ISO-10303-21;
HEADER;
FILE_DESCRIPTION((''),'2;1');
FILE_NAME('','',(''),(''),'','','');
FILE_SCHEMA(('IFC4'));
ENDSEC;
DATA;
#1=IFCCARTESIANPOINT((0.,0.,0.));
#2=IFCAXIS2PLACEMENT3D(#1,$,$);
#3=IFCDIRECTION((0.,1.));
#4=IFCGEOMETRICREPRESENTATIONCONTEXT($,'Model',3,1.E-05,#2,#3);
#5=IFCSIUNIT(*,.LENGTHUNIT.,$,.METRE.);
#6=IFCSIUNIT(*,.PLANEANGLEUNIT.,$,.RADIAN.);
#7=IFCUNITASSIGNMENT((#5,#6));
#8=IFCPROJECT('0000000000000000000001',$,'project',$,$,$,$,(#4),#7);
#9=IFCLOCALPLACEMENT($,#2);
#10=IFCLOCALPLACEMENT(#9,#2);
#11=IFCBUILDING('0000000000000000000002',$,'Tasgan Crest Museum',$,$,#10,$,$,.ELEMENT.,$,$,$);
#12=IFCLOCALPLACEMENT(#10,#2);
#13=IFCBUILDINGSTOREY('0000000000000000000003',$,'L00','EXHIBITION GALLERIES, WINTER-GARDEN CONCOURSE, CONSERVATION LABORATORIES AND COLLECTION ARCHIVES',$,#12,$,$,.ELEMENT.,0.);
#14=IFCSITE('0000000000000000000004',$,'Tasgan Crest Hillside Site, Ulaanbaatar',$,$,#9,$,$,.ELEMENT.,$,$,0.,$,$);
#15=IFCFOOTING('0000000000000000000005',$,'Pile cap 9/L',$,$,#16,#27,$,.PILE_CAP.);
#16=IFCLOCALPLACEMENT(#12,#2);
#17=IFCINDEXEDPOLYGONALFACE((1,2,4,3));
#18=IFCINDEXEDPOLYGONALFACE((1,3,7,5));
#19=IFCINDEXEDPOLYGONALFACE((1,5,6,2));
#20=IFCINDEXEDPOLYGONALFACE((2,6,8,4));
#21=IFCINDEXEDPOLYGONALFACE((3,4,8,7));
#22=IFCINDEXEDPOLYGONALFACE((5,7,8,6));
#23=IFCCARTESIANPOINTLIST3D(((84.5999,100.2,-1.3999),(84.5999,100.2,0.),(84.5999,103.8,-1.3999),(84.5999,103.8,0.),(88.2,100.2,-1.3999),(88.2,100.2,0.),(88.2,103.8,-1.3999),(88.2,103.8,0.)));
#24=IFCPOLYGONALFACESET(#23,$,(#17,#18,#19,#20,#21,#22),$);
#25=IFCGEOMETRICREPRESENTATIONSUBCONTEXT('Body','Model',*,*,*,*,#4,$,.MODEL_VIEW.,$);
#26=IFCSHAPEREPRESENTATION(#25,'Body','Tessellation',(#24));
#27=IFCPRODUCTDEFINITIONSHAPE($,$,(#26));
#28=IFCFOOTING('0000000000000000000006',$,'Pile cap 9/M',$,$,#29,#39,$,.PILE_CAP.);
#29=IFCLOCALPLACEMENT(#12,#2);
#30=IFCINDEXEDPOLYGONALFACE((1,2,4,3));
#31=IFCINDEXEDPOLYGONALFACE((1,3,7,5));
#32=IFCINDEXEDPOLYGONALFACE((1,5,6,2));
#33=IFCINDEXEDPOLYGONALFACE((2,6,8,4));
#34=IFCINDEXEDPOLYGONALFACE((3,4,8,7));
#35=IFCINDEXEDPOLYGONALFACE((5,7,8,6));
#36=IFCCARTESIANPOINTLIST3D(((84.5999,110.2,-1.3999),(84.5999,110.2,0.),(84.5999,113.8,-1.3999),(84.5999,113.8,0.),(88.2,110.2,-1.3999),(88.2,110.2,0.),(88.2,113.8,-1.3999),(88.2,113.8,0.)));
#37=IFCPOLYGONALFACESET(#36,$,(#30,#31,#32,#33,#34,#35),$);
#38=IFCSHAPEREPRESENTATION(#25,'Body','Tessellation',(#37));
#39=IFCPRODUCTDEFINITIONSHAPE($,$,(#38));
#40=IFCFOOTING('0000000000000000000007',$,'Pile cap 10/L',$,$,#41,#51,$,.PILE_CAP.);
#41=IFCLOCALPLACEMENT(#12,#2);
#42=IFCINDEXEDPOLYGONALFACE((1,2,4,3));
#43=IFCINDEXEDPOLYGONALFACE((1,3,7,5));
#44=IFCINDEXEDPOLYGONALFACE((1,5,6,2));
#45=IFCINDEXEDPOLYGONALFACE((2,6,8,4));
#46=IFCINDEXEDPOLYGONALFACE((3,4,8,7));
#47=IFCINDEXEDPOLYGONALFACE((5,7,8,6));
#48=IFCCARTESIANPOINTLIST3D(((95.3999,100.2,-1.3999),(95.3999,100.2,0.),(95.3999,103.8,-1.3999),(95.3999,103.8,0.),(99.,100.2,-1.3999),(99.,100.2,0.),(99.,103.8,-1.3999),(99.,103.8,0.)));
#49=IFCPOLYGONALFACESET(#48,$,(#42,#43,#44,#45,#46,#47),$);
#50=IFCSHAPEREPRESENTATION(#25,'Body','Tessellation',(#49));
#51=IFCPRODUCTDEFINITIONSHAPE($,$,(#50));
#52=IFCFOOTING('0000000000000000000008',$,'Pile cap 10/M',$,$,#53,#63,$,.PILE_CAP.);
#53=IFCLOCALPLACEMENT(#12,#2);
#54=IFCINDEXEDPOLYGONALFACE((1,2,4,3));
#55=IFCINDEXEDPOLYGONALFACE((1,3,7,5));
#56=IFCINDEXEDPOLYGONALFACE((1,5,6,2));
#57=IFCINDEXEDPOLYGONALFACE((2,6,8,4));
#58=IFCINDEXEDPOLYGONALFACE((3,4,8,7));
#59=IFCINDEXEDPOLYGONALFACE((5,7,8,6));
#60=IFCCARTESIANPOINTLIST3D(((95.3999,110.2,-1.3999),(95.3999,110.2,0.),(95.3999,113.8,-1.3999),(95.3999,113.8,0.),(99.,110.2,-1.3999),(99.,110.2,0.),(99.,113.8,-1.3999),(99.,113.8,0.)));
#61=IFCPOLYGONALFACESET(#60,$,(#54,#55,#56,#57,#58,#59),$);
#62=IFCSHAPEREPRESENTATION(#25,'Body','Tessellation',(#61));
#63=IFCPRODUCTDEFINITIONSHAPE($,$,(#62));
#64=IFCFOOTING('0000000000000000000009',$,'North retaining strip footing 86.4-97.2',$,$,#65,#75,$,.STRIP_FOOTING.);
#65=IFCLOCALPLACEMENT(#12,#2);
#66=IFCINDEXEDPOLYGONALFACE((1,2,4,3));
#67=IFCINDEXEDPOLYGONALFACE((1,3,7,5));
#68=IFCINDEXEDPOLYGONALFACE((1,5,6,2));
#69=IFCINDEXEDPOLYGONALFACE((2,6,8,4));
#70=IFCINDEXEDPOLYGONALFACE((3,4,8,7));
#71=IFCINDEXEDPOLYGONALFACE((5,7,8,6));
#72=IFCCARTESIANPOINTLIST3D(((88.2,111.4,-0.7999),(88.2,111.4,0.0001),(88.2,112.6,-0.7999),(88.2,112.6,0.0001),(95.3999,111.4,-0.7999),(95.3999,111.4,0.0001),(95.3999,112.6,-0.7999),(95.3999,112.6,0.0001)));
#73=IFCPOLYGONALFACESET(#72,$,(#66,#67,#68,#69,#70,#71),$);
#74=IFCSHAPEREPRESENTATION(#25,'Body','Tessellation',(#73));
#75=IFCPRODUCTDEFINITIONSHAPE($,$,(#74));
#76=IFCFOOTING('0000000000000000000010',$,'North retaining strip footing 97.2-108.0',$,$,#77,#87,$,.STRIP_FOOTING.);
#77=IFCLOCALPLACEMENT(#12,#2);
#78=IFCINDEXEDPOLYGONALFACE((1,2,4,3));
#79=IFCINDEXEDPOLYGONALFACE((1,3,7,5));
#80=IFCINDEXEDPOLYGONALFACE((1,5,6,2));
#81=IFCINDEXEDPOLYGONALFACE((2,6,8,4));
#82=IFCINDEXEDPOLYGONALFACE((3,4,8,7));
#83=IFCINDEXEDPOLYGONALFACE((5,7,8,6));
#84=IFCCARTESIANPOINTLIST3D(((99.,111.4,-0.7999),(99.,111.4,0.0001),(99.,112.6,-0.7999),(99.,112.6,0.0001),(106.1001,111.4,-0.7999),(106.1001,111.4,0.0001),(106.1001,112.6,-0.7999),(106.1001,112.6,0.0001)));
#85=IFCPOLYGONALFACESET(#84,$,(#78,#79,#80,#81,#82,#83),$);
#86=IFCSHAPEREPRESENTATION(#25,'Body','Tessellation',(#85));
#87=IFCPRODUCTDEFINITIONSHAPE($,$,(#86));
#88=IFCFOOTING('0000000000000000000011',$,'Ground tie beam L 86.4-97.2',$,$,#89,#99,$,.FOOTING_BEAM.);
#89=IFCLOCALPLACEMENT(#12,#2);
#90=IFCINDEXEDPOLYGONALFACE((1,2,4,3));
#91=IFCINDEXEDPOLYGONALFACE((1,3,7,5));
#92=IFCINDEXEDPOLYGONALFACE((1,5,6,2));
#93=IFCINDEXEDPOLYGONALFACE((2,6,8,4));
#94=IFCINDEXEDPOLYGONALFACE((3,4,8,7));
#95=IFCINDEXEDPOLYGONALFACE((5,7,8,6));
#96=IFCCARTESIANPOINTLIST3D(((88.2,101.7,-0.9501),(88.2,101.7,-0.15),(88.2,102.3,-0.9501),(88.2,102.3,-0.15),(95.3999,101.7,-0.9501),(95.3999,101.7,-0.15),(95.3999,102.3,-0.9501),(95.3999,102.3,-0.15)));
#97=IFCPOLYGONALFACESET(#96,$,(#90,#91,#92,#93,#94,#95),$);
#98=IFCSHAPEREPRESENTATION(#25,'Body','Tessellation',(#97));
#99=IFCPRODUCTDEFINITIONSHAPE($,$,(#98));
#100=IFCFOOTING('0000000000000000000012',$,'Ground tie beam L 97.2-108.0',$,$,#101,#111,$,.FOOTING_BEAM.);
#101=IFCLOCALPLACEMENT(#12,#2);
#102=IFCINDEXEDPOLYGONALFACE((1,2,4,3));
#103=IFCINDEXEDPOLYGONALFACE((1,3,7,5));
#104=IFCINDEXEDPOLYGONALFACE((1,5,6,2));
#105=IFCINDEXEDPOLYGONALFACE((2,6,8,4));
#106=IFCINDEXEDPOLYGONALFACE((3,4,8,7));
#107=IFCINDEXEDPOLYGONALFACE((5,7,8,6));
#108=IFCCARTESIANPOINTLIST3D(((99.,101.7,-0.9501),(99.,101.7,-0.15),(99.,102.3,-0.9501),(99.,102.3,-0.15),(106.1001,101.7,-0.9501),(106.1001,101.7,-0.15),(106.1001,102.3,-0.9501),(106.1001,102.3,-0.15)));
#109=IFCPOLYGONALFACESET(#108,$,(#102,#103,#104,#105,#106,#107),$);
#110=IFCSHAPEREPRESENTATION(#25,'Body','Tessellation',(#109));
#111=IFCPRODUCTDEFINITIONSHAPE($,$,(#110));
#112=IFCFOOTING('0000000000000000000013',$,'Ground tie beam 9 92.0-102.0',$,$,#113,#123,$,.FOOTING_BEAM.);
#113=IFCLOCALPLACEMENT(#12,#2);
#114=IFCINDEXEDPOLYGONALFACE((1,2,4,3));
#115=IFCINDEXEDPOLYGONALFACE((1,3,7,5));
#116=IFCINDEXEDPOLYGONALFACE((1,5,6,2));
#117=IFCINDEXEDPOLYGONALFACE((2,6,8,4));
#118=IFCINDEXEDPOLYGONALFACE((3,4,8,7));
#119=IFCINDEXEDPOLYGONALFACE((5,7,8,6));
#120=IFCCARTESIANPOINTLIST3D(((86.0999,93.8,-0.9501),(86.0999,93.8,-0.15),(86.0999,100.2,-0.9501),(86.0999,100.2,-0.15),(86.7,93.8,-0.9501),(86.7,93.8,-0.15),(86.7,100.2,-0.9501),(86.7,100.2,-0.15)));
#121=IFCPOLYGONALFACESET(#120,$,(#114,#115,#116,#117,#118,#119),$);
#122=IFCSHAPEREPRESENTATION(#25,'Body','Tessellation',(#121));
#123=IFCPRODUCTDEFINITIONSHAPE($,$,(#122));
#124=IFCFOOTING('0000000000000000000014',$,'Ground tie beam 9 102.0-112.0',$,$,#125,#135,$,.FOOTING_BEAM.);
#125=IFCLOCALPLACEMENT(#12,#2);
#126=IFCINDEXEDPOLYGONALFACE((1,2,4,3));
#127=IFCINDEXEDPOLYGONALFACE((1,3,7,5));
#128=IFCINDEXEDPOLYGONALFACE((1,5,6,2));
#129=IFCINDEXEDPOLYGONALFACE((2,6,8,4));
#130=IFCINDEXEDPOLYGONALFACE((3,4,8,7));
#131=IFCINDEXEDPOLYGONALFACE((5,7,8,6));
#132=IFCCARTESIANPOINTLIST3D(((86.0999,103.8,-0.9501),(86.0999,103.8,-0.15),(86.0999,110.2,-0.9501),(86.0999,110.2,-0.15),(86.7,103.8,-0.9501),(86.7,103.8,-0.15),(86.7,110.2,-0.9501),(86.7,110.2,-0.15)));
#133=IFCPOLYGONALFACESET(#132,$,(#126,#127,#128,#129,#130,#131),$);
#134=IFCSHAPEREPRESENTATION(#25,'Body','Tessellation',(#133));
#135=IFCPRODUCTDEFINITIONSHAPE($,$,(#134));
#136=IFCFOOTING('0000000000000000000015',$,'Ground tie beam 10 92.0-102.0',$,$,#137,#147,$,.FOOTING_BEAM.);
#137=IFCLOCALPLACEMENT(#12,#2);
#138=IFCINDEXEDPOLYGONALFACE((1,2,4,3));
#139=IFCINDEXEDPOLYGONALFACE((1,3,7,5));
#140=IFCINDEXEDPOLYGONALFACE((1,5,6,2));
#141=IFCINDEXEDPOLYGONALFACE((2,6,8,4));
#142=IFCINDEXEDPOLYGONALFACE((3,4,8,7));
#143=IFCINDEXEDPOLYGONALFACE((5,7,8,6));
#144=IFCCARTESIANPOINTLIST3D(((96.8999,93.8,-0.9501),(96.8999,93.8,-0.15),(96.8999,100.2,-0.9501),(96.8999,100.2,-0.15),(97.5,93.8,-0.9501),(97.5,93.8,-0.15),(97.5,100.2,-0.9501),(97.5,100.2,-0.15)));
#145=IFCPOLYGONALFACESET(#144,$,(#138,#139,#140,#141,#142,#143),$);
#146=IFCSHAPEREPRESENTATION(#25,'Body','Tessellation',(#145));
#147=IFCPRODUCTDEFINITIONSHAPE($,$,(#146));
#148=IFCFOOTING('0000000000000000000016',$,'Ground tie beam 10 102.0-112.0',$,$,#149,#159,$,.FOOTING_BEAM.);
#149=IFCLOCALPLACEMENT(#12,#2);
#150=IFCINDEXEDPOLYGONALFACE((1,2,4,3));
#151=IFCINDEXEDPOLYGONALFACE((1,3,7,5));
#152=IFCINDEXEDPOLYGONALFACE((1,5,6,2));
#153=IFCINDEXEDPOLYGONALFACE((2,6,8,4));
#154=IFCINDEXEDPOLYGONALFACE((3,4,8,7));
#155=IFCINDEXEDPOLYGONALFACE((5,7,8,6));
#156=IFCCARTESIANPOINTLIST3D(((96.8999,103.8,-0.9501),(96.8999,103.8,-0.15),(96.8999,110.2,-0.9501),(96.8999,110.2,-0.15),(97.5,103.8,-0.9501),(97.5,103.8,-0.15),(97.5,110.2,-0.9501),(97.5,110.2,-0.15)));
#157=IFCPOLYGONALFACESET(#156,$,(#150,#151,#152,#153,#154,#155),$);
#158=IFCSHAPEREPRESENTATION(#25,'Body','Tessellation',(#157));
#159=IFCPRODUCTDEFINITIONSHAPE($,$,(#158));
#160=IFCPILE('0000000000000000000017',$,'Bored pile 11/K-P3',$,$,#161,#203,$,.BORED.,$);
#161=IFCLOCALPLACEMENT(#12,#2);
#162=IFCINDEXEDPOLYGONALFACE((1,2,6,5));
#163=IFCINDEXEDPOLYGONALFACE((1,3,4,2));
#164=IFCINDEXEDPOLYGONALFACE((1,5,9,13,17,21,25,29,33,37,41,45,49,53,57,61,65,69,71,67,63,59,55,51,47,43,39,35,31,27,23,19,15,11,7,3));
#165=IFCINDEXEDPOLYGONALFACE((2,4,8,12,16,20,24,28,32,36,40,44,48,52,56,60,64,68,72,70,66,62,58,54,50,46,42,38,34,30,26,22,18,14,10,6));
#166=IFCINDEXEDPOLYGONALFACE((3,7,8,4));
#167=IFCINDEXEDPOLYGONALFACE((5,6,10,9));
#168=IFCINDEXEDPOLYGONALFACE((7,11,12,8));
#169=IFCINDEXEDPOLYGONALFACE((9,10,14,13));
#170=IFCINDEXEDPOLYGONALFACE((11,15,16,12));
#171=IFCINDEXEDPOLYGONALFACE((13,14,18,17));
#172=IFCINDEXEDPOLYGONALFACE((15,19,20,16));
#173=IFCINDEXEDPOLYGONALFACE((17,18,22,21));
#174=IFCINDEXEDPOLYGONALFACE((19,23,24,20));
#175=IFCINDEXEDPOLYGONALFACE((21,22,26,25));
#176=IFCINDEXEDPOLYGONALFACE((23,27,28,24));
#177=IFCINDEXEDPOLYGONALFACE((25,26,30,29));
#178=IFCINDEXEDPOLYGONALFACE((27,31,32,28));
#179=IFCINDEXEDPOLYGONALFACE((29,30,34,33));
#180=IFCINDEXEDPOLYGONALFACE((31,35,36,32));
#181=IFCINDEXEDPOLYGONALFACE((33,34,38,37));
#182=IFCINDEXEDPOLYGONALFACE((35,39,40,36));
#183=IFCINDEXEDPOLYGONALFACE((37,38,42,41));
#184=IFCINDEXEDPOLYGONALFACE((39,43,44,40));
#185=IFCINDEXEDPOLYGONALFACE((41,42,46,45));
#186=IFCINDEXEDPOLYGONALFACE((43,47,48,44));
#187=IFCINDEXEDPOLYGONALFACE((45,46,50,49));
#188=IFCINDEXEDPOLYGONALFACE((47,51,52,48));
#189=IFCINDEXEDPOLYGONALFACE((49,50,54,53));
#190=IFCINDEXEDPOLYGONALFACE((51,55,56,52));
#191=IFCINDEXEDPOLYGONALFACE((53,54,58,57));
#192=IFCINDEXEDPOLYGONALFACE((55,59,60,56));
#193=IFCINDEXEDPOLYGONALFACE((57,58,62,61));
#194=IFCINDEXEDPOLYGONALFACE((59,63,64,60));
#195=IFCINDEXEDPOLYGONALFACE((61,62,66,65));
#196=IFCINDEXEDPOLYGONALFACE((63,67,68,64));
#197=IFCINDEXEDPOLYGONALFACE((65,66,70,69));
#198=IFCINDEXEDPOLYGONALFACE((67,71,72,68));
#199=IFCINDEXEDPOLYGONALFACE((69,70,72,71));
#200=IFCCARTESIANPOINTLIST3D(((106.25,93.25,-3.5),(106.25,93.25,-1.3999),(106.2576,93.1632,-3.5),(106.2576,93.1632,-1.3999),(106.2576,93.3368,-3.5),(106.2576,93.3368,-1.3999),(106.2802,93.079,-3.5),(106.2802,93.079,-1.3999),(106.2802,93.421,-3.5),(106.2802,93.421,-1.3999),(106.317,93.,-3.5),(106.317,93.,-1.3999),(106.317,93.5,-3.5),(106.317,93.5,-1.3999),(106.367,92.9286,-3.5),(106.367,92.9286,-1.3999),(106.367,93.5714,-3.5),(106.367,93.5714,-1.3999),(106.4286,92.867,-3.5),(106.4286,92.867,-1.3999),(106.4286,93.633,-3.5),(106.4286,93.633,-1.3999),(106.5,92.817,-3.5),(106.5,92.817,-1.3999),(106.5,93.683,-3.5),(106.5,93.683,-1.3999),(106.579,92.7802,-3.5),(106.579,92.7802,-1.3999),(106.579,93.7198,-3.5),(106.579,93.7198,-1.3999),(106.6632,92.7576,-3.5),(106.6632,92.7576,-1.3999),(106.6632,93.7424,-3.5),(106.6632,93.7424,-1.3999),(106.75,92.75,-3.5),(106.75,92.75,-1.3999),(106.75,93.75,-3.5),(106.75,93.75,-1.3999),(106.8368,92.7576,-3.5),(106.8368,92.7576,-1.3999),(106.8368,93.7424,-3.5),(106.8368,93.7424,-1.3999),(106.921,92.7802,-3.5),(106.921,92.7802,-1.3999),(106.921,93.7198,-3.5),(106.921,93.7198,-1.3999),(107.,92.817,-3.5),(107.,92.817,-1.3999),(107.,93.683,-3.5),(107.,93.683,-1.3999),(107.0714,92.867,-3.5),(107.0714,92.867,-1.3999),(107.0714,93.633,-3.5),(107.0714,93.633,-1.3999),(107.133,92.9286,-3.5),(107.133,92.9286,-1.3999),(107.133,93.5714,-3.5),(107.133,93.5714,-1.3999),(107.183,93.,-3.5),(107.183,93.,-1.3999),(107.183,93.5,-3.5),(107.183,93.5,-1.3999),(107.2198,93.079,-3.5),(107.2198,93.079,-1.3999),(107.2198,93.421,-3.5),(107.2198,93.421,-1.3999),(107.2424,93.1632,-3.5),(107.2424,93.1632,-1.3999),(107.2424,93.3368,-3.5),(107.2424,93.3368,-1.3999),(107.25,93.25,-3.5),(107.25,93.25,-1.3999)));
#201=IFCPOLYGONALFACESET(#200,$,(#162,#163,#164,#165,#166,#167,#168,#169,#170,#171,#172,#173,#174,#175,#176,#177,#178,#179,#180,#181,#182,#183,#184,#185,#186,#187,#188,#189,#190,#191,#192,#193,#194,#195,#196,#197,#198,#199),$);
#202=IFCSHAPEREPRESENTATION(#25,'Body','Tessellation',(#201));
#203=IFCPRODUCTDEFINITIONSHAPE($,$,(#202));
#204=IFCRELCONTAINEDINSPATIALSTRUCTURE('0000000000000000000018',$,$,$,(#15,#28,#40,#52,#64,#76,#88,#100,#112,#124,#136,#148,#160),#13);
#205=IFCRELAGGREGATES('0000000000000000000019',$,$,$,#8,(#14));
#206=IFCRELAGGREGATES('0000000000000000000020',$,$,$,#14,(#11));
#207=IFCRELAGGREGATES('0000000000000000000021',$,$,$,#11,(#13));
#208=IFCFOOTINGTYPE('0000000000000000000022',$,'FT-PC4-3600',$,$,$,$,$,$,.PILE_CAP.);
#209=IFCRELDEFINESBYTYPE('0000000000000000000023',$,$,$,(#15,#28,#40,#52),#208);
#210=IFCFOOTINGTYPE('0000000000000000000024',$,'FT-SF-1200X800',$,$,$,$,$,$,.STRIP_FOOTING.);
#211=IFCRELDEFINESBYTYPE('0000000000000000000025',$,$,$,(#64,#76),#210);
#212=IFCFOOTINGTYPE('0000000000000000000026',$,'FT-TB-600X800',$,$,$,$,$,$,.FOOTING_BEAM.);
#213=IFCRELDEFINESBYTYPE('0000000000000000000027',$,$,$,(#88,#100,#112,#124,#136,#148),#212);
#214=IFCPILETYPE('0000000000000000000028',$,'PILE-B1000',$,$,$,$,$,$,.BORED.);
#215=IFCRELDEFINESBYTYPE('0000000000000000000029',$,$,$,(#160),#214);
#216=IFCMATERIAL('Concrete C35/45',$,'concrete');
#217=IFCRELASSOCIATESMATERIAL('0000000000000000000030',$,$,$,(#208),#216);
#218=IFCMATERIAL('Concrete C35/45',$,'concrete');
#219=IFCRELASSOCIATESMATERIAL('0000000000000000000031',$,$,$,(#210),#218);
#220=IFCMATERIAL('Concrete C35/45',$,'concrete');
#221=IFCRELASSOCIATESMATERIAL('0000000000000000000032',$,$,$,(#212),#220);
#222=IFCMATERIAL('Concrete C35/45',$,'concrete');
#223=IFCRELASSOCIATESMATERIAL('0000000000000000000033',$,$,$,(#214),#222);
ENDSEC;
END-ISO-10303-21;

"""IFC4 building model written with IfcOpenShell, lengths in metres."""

from ifc_helpers import new_model, si_unit, direction, frame, origin, origin_2d, place, context, subcontext, project, spatial, rectangle, circle, extrude, material, material_profile, profile_set, type_object, element, save


model = new_model("IFC4")

# Units and contexts
model_context = context("Model", 3, precision=1e-05, world=origin(), true_north=direction((0.0, 1.0)))
body_context = subcontext(model_context, "Body", "Model", "MODEL_VIEW")
ifc_project = project(units=[si_unit("LENGTHUNIT", "METRE"), si_unit("PLANEANGLEUNIT", "RADIAN")], contexts=[model_context])

# Site, building, storey
site_placement = place(None, origin())
site = spatial("IfcSite", under=ifc_project, at=site_placement, Name="Tasgan Crest Hillside Site, Ulaanbaatar", CompositionType="ELEMENT", RefElevation=0.0)
building_placement = place(site_placement, origin())
building = spatial("IfcBuilding", under=site, at=building_placement, Name="Tasgan Crest Museum", CompositionType="ELEMENT")
storey_placement = place(building_placement, origin())
storey = spatial("IfcBuildingStorey", under=building, at=storey_placement, Name="L00", Description="EXHIBITION GALLERIES, WINTER-GARDEN CONCOURSE, CONSERVATION LABORATORIES AND COLLECTION ARCHIVES", CompositionType="ELEMENT", Elevation=0.0)

# Footings
ifc_material_1 = material(Name="Concrete C35/45", Category="concrete")
footing_type_1 = type_object("IfcFootingType", Name="FT-PC4-3600", PredefinedType="PILE_CAP", material=ifc_material_1)
for number, where, z_axis, x_axis, name in (
    (1, (86.3999, 102.0, -1.3999), (0.0, 0.0, 1.0), (1.0, 0.0, 0.0), "Pile cap 9/L"),
    (2, (86.3999, 112.0, -1.3999), (0.0, 0.0, 1.0), (1.0, 0.0, 0.0), "Pile cap 9/M"),
    (3, (97.2, 102.0, -1.3999), (0.0, 0.0, 1.0), (1.0, 0.0, 0.0), "Pile cap 10/L"),
    (4, (97.2, 112.0, -1.3999), (0.0, 0.0, 1.0), (1.0, 0.0, 0.0), "Pile cap 10/M"),
):
    element("IfcFooting", number, at=place(storey_placement, frame(where, z_axis=z_axis, x_axis=x_axis)), inside=storey, type_object=footing_type_1, Name=name, PredefinedType="PILE_CAP", context=body_context, shape_type="SweptSolid", body=[
        extrude(rectangle(XDim=3.6001, YDim=3.6001, at=origin_2d()), origin(), (0.0, 0.0, 1.0), 1.3999),
    ])
ifc_material_2 = material(Name="Concrete C35/45", Category="concrete")
ifc_material_profile_1 = material_profile(ifc_material_2, rectangle(XDim=1.2, YDim=0.8, at=origin_2d()), Name="SF 1200x800")
ifc_profile_set_1 = profile_set([ifc_material_profile_1], Name="Concrete C35/45")
footing_type_2 = type_object("IfcFootingType", Name="FT-SF-1200X800", PredefinedType="STRIP_FOOTING", material=ifc_profile_set_1)
footing_1_placement = place(storey_placement, frame((88.2, 112.0, -0.3999), z_axis=(1.0, 0.0, 0.0), x_axis=(0.0, 1.0, 0.0)))
element("IfcFooting", 5, at=footing_1_placement, inside=storey, type_object=footing_type_2, Name="North retaining strip footing 86.4-97.2", PredefinedType="STRIP_FOOTING", context=body_context, shape_type="SweptSolid", body=[
    extrude(rectangle(XDim=1.2, YDim=0.8, at=origin_2d()), origin(), (0.0, 0.0, 1.0), 7.2),
])
footing_2_placement = place(storey_placement, frame((99.0, 112.0, -0.3999), z_axis=(1.0, 0.0, 0.0), x_axis=(0.0, 1.0, 0.0)))
element("IfcFooting", 6, at=footing_2_placement, inside=storey, type_object=footing_type_2, Name="North retaining strip footing 97.2-108.0", PredefinedType="STRIP_FOOTING", context=body_context, shape_type="SweptSolid", body=[
    extrude(rectangle(XDim=1.2, YDim=0.8, at=origin_2d()), origin(), (0.0, 0.0, 1.0), 7.1001),
])
ifc_material_3 = material(Name="Concrete C35/45", Category="concrete")
ifc_material_profile_2 = material_profile(ifc_material_3, rectangle(XDim=0.6001, YDim=0.8, at=origin_2d()), Name="TB 600x800")
ifc_profile_set_2 = profile_set([ifc_material_profile_2], Name="Concrete C35/45")
footing_type_3 = type_object("IfcFootingType", Name="FT-TB-600X800", PredefinedType="FOOTING_BEAM", material=ifc_profile_set_2)
footing_3_placement = place(storey_placement, frame((88.2, 102.0, -0.55), z_axis=(1.0, 0.0, 0.0), x_axis=(0.0, 1.0, 0.0)))
element("IfcFooting", 7, at=footing_3_placement, inside=storey, type_object=footing_type_3, Name="Ground tie beam L 86.4-97.2", PredefinedType="FOOTING_BEAM", context=body_context, shape_type="SweptSolid", body=[
    extrude(rectangle(XDim=0.6001, YDim=0.8, at=origin_2d()), origin(), (0.0, 0.0, 1.0), 7.2),
])
footing_4_placement = place(storey_placement, frame((99.0, 102.0, -0.55), z_axis=(1.0, 0.0, 0.0), x_axis=(0.0, 1.0, 0.0)))
element("IfcFooting", 8, at=footing_4_placement, inside=storey, type_object=footing_type_3, Name="Ground tie beam L 97.2-108.0", PredefinedType="FOOTING_BEAM", context=body_context, shape_type="SweptSolid", body=[
    extrude(rectangle(XDim=0.6001, YDim=0.8, at=origin_2d()), origin(), (0.0, 0.0, 1.0), 7.1001),
])
for number, where, z_axis, x_axis, name in (
    (9, (86.3999, 93.8, -0.55), (0.0, 1.0, 0.0), (-1.0, 0.0, 0.0), "Ground tie beam 9 92.0-102.0"),
    (10, (86.3999, 103.8, -0.55), (0.0, 1.0, 0.0), (-1.0, 0.0, 0.0), "Ground tie beam 9 102.0-112.0"),
    (11, (97.2, 93.8, -0.55), (0.0, 1.0, 0.0), (-1.0, 0.0, 0.0), "Ground tie beam 10 92.0-102.0"),
    (12, (97.2, 103.8, -0.55), (0.0, 1.0, 0.0), (-1.0, 0.0, 0.0), "Ground tie beam 10 102.0-112.0"),
):
    element("IfcFooting", number, at=place(storey_placement, frame(where, z_axis=z_axis, x_axis=x_axis)), inside=storey, type_object=footing_type_3, Name=name, PredefinedType="FOOTING_BEAM", context=body_context, shape_type="SweptSolid", body=[
        extrude(rectangle(XDim=0.6001, YDim=0.8, at=origin_2d()), origin(), (0.0, 0.0, 1.0), 6.3999),
    ])

# Pile
ifc_material_4 = material(Name="Concrete C35/45", Category="concrete")
ifc_material_profile_3 = material_profile(ifc_material_4, circle(Radius=0.5, at=origin_2d()), Name="PILE D1000")
ifc_profile_set_3 = profile_set([ifc_material_profile_3], Name="Concrete C35/45")
pile_type_1 = type_object("IfcPileType", Name="PILE-B1000", PredefinedType="BORED", material=ifc_profile_set_3)
pile_placement = place(storey_placement, frame((106.75, 93.25, -1.3999), z_axis=(0.0, 0.0, -1.0), x_axis=(1.0, 0.0, 0.0)))
element("IfcPile", 13, at=pile_placement, inside=storey, type_object=pile_type_1, Name="Bored pile 11/K-P3", PredefinedType="BORED", context=body_context, shape_type="SweptSolid", body=[
    extrude(circle(Radius=0.5, at=origin_2d()), origin(), (0.0, 0.0, 1.0), 2.1001),
])

save(model, "model.ifc")
